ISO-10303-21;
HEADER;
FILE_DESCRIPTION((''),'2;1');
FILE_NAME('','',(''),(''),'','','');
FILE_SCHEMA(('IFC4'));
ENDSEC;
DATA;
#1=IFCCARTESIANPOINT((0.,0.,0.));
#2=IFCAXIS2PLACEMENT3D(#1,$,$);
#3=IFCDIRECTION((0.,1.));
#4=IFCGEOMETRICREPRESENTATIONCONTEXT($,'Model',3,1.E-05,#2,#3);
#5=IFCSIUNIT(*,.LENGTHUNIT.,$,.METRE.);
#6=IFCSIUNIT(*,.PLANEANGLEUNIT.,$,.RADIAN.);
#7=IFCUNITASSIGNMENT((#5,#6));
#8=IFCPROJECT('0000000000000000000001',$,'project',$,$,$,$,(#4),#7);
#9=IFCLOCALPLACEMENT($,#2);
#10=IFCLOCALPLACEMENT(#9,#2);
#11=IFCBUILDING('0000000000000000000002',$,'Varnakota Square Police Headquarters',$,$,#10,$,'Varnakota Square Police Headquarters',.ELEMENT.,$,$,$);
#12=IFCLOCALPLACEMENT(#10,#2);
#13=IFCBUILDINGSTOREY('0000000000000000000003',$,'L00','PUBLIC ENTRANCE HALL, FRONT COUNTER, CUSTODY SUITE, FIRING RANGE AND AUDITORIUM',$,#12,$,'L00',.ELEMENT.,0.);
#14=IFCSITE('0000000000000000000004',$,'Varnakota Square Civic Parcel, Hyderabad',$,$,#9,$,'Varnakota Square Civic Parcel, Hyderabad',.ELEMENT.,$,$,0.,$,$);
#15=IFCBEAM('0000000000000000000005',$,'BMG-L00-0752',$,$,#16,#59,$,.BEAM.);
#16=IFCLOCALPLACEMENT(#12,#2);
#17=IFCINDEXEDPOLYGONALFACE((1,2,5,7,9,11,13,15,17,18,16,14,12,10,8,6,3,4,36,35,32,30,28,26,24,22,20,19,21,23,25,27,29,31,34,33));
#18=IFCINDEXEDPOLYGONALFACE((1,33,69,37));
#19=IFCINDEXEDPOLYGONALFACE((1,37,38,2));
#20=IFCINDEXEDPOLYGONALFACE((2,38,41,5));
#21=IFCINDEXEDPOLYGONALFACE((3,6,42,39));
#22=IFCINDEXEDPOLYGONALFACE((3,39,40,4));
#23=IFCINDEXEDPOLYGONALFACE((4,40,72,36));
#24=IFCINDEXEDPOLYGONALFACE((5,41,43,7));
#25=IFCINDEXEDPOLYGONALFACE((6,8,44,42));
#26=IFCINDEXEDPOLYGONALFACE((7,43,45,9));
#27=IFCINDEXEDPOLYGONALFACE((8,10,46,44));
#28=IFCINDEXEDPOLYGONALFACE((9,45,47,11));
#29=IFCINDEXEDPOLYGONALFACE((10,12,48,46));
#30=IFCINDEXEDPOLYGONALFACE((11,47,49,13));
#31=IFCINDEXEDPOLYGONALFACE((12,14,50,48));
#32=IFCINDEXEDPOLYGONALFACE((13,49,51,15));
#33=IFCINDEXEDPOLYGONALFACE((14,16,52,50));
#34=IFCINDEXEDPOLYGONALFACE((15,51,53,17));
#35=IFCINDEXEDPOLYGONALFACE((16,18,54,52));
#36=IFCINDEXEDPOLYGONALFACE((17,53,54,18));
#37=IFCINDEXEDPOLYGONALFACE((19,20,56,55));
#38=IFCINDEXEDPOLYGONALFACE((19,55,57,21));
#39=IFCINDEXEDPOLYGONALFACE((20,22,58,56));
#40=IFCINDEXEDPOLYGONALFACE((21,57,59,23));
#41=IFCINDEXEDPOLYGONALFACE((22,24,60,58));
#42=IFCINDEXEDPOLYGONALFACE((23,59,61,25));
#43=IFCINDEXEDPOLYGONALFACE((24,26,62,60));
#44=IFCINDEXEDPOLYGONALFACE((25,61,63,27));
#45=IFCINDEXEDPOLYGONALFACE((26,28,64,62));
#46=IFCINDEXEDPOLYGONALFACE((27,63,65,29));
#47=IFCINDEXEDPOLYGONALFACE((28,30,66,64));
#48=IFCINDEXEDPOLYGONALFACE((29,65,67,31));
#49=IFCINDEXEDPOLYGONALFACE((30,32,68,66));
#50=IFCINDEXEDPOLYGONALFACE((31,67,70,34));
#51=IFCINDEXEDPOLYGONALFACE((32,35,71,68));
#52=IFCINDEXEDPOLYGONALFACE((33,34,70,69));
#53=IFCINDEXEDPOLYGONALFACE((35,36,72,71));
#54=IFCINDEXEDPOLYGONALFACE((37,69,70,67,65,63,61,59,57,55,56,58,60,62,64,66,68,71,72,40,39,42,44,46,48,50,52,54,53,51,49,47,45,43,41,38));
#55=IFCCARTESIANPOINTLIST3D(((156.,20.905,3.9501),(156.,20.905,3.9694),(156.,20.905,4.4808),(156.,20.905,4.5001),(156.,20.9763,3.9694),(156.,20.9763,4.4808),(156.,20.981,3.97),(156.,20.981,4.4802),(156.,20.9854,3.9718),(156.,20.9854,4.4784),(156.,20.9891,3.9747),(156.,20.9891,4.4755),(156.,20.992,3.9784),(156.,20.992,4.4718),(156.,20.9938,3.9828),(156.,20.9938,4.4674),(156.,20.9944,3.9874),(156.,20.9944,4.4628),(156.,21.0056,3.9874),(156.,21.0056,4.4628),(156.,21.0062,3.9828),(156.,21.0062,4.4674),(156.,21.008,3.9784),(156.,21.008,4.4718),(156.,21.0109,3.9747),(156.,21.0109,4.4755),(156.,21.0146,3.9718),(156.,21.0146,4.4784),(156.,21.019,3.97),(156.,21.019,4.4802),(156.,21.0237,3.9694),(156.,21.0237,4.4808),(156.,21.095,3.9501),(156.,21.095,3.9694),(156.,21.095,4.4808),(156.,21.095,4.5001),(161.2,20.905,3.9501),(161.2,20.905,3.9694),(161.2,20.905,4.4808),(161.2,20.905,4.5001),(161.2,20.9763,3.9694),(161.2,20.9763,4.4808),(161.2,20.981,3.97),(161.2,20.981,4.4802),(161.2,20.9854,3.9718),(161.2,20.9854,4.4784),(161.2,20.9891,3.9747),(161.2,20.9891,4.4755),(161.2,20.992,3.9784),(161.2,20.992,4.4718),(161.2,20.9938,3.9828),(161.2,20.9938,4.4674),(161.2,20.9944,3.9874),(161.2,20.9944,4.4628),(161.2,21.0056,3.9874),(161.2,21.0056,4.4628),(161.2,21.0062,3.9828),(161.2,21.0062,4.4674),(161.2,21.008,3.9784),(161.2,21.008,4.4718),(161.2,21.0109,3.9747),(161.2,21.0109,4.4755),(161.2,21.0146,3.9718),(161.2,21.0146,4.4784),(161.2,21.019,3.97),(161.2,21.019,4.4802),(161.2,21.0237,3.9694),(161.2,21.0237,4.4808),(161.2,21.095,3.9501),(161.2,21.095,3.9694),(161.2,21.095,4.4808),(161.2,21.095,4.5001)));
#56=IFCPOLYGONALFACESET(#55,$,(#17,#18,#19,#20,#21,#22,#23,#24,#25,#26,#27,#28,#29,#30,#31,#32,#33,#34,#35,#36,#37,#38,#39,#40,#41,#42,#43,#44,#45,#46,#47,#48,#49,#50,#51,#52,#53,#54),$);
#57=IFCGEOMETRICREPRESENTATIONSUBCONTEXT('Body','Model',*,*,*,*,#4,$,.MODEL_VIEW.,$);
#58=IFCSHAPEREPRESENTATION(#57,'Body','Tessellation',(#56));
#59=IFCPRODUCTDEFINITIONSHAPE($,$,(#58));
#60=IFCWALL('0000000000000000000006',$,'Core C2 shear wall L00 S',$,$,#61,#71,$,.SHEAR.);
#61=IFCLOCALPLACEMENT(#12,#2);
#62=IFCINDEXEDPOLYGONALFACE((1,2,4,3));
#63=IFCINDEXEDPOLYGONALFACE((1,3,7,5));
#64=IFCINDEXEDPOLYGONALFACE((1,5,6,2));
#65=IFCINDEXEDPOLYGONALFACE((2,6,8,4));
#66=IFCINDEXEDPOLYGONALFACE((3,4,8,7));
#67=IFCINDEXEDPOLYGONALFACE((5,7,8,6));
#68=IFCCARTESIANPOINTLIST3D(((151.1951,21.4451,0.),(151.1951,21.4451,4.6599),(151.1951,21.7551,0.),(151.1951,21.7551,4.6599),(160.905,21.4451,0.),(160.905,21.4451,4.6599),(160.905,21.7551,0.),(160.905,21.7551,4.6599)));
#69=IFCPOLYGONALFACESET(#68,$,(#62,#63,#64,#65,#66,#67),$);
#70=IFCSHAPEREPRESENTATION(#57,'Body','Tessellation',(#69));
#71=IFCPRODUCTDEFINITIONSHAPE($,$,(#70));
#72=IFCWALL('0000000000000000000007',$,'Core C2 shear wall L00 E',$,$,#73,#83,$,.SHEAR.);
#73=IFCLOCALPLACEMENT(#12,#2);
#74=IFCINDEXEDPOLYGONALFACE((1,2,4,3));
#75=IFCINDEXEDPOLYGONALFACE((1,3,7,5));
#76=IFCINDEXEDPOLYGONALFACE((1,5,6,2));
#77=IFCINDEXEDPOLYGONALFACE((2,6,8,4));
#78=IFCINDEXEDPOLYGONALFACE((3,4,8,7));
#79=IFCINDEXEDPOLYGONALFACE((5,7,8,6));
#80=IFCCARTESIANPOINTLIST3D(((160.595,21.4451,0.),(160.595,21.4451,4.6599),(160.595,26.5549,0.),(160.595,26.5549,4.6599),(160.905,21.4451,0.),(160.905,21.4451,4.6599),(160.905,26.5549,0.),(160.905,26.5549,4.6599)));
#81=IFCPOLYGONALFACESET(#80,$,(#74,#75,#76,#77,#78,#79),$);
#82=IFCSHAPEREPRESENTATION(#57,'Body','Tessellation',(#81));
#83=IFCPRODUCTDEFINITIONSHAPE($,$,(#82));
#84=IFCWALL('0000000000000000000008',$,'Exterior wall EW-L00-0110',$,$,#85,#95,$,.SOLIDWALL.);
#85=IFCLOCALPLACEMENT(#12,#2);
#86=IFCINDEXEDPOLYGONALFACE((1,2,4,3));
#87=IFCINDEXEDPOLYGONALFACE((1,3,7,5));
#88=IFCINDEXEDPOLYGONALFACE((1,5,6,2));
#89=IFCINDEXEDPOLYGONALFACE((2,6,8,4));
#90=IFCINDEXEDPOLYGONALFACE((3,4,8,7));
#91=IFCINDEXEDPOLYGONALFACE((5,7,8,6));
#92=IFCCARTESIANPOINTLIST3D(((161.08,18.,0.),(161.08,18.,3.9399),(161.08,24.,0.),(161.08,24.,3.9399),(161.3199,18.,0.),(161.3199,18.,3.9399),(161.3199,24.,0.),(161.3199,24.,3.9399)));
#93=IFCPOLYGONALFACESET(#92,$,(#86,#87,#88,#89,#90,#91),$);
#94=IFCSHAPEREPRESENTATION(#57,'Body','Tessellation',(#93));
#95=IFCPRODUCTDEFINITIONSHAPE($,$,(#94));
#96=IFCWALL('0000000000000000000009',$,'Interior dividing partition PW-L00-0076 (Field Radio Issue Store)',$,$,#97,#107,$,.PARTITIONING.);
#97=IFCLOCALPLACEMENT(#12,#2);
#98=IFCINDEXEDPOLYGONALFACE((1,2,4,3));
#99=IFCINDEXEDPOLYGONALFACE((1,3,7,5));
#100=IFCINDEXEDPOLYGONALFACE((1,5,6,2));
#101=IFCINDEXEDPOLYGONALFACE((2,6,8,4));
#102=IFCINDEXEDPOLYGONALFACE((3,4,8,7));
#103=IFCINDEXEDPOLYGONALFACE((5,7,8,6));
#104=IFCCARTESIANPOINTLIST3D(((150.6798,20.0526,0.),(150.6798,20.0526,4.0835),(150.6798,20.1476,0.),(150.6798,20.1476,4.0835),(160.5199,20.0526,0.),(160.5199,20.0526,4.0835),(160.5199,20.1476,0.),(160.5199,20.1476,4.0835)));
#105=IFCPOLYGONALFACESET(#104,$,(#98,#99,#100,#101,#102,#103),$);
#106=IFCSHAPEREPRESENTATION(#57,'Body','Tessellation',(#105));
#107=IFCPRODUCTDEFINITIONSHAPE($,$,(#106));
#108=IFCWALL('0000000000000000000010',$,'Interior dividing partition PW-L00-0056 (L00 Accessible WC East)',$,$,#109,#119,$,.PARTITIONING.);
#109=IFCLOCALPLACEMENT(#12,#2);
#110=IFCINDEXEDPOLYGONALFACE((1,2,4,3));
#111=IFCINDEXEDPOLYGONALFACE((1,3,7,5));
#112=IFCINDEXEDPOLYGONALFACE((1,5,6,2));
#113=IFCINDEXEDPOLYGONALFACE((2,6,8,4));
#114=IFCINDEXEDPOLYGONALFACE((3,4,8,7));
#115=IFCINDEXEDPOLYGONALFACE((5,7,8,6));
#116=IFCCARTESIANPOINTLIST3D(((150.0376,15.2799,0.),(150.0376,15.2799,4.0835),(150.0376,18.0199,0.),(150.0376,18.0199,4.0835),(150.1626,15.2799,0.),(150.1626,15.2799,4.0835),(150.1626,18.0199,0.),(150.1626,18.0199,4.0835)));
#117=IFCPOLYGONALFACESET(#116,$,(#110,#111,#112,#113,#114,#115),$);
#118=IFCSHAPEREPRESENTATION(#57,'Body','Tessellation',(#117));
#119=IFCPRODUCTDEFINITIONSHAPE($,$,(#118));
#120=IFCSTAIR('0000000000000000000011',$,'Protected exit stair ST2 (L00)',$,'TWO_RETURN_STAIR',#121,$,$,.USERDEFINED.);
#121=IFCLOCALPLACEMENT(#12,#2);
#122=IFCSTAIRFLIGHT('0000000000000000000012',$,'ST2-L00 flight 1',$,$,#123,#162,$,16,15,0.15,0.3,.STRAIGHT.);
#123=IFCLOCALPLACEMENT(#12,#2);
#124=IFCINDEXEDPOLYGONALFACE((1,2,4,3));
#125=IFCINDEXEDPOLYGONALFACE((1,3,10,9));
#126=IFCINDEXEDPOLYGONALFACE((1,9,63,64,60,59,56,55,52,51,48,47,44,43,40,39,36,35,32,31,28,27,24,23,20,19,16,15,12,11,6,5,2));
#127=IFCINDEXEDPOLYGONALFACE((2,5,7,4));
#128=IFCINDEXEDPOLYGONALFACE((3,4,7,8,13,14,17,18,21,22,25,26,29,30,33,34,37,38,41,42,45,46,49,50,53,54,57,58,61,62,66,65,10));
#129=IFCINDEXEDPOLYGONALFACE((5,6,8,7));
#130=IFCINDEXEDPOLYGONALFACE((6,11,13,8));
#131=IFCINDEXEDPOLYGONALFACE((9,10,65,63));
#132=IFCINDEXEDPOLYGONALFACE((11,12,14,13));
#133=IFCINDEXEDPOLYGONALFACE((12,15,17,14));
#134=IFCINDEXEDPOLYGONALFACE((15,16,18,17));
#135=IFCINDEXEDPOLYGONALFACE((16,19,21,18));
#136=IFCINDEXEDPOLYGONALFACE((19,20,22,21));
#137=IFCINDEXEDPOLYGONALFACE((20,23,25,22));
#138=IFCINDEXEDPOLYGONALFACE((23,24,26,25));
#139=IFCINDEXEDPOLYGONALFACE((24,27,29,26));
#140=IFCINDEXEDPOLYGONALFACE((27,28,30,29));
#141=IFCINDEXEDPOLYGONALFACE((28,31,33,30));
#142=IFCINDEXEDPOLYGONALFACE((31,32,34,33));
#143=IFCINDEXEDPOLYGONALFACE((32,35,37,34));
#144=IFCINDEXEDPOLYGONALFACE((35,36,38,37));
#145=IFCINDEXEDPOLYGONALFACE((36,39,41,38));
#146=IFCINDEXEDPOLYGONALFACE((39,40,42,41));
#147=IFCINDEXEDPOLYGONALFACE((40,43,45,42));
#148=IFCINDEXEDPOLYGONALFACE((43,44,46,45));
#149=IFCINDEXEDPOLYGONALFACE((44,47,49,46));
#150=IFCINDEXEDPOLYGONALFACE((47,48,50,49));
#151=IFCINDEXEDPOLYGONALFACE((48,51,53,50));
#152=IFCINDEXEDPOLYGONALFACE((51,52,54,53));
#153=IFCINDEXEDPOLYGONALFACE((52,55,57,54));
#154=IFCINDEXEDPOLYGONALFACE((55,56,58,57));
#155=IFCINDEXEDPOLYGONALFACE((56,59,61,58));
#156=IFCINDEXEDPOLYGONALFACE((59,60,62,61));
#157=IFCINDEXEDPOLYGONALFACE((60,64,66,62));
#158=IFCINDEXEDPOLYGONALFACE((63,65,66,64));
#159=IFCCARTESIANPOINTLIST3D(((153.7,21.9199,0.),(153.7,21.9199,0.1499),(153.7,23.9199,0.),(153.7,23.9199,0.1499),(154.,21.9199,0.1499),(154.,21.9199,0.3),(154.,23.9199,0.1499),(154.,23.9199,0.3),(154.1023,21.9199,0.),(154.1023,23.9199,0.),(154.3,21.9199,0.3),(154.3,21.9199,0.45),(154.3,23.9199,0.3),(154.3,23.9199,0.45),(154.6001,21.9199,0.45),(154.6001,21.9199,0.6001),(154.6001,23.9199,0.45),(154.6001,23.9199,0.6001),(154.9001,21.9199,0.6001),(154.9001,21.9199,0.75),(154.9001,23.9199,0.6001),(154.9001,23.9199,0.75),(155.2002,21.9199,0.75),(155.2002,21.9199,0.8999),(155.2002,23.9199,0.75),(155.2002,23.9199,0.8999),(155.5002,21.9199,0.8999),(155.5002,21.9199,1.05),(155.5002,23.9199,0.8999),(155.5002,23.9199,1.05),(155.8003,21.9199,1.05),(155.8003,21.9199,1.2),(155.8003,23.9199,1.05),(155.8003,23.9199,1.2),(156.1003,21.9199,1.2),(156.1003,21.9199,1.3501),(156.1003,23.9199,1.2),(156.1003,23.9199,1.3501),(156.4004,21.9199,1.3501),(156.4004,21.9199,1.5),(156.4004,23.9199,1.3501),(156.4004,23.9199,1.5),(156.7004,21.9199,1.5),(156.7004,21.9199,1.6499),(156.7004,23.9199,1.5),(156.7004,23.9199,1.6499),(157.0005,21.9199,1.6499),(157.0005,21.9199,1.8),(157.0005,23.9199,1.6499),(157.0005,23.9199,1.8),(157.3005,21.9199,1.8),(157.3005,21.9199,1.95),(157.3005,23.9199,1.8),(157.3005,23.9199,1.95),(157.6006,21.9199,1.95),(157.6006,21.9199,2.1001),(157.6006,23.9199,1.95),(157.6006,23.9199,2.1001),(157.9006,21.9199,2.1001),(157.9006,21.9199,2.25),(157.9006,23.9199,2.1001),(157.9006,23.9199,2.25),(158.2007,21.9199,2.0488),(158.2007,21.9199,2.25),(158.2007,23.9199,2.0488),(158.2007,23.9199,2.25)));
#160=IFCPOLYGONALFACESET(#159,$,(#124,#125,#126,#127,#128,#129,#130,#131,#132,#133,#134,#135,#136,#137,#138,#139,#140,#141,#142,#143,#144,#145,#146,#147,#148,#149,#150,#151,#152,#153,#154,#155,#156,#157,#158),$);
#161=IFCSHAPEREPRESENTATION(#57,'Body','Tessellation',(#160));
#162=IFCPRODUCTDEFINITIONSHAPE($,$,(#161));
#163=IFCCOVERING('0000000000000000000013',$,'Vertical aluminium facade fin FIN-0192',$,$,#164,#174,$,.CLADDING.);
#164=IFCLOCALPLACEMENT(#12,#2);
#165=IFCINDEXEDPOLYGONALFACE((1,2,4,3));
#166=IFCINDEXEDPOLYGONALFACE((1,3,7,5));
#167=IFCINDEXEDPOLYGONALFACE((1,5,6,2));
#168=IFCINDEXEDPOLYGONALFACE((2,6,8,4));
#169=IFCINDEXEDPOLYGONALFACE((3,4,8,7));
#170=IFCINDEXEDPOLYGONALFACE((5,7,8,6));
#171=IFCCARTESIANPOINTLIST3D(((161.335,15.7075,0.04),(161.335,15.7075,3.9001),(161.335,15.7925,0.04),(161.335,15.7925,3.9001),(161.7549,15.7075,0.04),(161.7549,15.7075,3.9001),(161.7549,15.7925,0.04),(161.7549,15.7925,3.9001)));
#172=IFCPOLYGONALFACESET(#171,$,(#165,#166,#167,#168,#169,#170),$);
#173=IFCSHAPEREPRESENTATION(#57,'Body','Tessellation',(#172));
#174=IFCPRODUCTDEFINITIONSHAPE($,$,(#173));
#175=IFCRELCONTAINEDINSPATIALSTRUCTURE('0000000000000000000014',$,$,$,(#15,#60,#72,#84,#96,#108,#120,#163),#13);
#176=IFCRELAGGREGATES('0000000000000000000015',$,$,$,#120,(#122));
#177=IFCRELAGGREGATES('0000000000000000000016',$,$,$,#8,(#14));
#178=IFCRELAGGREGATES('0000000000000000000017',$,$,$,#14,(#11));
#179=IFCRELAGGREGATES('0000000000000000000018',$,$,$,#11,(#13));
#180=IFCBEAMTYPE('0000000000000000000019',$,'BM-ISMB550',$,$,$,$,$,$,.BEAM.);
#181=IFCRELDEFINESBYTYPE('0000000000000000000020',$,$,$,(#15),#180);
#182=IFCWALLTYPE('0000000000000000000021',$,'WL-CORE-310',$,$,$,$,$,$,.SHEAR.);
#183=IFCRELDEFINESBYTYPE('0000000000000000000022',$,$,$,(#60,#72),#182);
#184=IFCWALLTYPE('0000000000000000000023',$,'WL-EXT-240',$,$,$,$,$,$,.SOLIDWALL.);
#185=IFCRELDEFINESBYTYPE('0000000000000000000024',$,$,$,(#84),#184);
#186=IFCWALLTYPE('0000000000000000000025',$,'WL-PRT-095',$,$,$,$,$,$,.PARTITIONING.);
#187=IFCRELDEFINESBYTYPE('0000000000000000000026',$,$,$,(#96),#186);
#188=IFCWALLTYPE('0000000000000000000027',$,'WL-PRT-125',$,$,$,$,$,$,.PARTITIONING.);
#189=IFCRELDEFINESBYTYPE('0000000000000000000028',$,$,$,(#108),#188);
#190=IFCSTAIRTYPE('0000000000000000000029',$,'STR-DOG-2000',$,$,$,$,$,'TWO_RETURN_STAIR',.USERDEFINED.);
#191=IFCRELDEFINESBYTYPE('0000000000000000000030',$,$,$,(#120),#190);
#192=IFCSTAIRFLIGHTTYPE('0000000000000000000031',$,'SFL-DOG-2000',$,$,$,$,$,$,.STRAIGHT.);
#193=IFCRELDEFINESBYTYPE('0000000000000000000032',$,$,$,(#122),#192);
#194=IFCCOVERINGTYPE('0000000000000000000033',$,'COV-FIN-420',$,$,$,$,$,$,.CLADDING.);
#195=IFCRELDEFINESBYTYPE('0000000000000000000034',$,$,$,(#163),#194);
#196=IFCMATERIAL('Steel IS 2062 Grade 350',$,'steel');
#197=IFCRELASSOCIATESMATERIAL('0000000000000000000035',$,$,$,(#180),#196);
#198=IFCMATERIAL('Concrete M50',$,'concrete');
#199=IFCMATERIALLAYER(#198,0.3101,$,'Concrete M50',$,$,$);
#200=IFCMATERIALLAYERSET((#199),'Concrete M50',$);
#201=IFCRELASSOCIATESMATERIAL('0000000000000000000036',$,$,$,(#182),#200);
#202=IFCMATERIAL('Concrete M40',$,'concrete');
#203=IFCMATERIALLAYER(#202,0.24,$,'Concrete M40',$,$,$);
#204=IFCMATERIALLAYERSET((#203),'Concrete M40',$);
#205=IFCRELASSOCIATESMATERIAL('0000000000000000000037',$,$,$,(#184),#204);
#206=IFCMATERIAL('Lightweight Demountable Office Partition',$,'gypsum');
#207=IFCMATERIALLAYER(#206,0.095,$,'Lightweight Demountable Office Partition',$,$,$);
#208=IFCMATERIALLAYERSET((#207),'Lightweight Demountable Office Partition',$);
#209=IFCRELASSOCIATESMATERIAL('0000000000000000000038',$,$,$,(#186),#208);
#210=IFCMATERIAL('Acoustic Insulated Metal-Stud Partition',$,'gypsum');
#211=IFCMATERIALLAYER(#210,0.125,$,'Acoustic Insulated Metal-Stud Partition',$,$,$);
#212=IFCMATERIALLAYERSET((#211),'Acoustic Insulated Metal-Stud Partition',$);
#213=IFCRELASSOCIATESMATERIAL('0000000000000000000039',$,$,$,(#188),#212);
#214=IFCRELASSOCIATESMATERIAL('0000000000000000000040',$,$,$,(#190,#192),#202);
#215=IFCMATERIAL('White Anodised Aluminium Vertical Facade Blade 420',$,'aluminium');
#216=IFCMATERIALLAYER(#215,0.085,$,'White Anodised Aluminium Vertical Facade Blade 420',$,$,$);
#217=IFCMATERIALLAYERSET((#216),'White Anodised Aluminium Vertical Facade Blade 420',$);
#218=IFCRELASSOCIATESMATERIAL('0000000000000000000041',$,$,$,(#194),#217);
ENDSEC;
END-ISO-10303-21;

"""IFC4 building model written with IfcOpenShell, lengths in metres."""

from ifc_helpers import new_model, si_unit, direction, frame, frame_2d, origin, origin_2d, place, context, subcontext, project, spatial, polyline, rectangle, i_section, outline, extrude, material, layer, layer_set, material_profile, profile_set, type_object, element, aggregate, save


model = new_model("IFC4")

# Units and contexts
model_context = context("Model", 3, precision=1e-05, world=origin(), true_north=direction((0.0, 1.0)))
body_context = subcontext(model_context, "Body", "Model", "MODEL_VIEW")
ifc_project = project(units=[si_unit("LENGTHUNIT", "METRE"), si_unit("PLANEANGLEUNIT", "RADIAN")], contexts=[model_context])

# Site, building, storey
site_placement = place(None, origin())
site = spatial("IfcSite", under=ifc_project, at=site_placement, Name="Varnakota Square Civic Parcel, Hyderabad", LongName="Varnakota Square Civic Parcel, Hyderabad", CompositionType="ELEMENT", RefElevation=0.0)
building_placement = place(site_placement, origin())
building = spatial("IfcBuilding", under=site, at=building_placement, Name="Varnakota Square Police Headquarters", LongName="Varnakota Square Police Headquarters", CompositionType="ELEMENT")
storey_placement = place(building_placement, origin())
storey = spatial("IfcBuildingStorey", under=building, at=storey_placement, Name="L00", Description="PUBLIC ENTRANCE HALL, FRONT COUNTER, CUSTODY SUITE, FIRING RANGE AND AUDITORIUM", LongName="L00", CompositionType="ELEMENT", Elevation=0.0)

# Shared definitions
ifc_material_1 = material(Name="Concrete M50", Category="concrete")

# Beam
ifc_material_2 = material(Name="Steel IS 2062 Grade 350", Category="steel")
ifc_material_profile_1 = material_profile(ifc_material_2, i_section(OverallWidth=0.1899, OverallDepth=0.55, WebThickness=0.0112, FlangeThickness=0.0193, FilletRadius=0.0181, at=origin_2d()), Name="ISMB 550")
ifc_profile_set_1 = profile_set([ifc_material_profile_1], Name="Steel IS 2062 Grade 350")
beam_type_1 = type_object("IfcBeamType", Name="BM-ISMB550", PredefinedType="BEAM", material=ifc_profile_set_1)
beam_1_placement = place(storey_placement, frame((156.0, 21.0, 4.2251), z_axis=(1.0, 0.0, 0.0), x_axis=(0.0, 1.0, 0.0)))
element("IfcBeam", 1, at=beam_1_placement, inside=storey, type_object=beam_type_1, Name="BMG-L00-0752", PredefinedType="BEAM", context=body_context, shape_type="SweptSolid", body=[
    extrude(i_section(OverallWidth=0.1899, OverallDepth=0.55, WebThickness=0.0112, FlangeThickness=0.0193, FilletRadius=0.0181, at=origin_2d()), origin(), (0.0, 0.0, 1.0), 5.2),
])

# Walls
ifc_layer_1 = layer(ifc_material_1, 0.3101, Name="Concrete M50")
ifc_layer_set_1 = layer_set([ifc_layer_1], Name="Concrete M50")
wall_type_1 = type_object("IfcWallType", Name="WL-CORE-310", PredefinedType="SHEAR", material=ifc_layer_set_1)
wall_1_placement = place(storey_placement, frame((151.1951, 21.6001, 0.0), z_axis=(0.0, 0.0, 1.0), x_axis=(1.0, 0.0, 0.0)))
element("IfcWall", 2, at=wall_1_placement, inside=storey, type_object=wall_type_1, Name="Core C2 shear wall L00 S", PredefinedType="SHEAR", context=body_context, shape_type="SweptSolid", body=[
    extrude(rectangle(XDim=9.71, YDim=0.3101, at=frame_2d((4.855, 0.0))), origin(), (0.0, 0.0, 1.0), 4.6599),
])
wall_2_placement = place(storey_placement, frame((160.75, 21.4451, 0.0), z_axis=(0.0, 0.0, 1.0), x_axis=(0.0, 1.0, 0.0)))
element("IfcWall", 3, at=wall_2_placement, inside=storey, type_object=wall_type_1, Name="Core C2 shear wall L00 E", PredefinedType="SHEAR", context=body_context, shape_type="SweptSolid", body=[
    extrude(rectangle(XDim=5.1099, YDim=0.3101, at=frame_2d((2.5549, 0.0))), origin(), (0.0, 0.0, 1.0), 4.6599),
])
ifc_material_3 = material(Name="Concrete M40", Category="concrete")
ifc_layer_2 = layer(ifc_material_3, 0.24, Name="Concrete M40")
ifc_layer_set_2 = layer_set([ifc_layer_2], Name="Concrete M40")
wall_type_2 = type_object("IfcWallType", Name="WL-EXT-240", PredefinedType="SOLIDWALL", material=ifc_layer_set_2)
wall_3_placement = place(storey_placement, frame((161.2, 18.0, 0.0), z_axis=(0.0, 0.0, 1.0), x_axis=(0.0, 1.0, 0.0)))
element("IfcWall", 4, at=wall_3_placement, inside=storey, type_object=wall_type_2, Name="Exterior wall EW-L00-0110", PredefinedType="SOLIDWALL", context=body_context, shape_type="SweptSolid", body=[
    extrude(rectangle(XDim=6.0, YDim=0.24, at=frame_2d((3.0, 0.0))), origin(), (0.0, 0.0, 1.0), 3.9399),
])
ifc_material_4 = material(Name="Lightweight Demountable Office Partition", Category="gypsum")
ifc_layer_3 = layer(ifc_material_4, 0.095, Name="Lightweight Demountable Office Partition")
ifc_layer_set_3 = layer_set([ifc_layer_3], Name="Lightweight Demountable Office Partition")
wall_type_3 = type_object("IfcWallType", Name="WL-PRT-095", PredefinedType="PARTITIONING", material=ifc_layer_set_3)
wall_4_placement = place(storey_placement, frame((150.6799, 20.1001, 0.0), z_axis=(0.0, 0.0, 1.0), x_axis=(1.0, 0.0, 0.0)))
element("IfcWall", 5, at=wall_4_placement, inside=storey, type_object=wall_type_3, Name="Interior dividing partition PW-L00-0076 (Field Radio Issue Store)", PredefinedType="PARTITIONING", context=body_context, shape_type="SweptSolid", body=[
    extrude(rectangle(XDim=9.8401, YDim=0.095, at=frame_2d((4.9199, 0.0))), origin(), (0.0, 0.0, 1.0), 4.0835),
])
ifc_material_5 = material(Name="Acoustic Insulated Metal-Stud Partition", Category="gypsum")
ifc_layer_4 = layer(ifc_material_5, 0.125, Name="Acoustic Insulated Metal-Stud Partition")
ifc_layer_set_4 = layer_set([ifc_layer_4], Name="Acoustic Insulated Metal-Stud Partition")
wall_type_4 = type_object("IfcWallType", Name="WL-PRT-125", PredefinedType="PARTITIONING", material=ifc_layer_set_4)
wall_5_placement = place(storey_placement, frame((150.1001, 18.02, 0.0), z_axis=(0.0, 0.0, 1.0), x_axis=(0.0, -1.0, 0.0)))
element("IfcWall", 6, at=wall_5_placement, inside=storey, type_object=wall_type_4, Name="Interior dividing partition PW-L00-0056 (L00 Accessible WC East)", PredefinedType="PARTITIONING", context=body_context, shape_type="SweptSolid", body=[
    extrude(rectangle(XDim=2.74, YDim=0.125, at=frame_2d((1.3701, 0.0))), origin(), (0.0, 0.0, 1.0), 4.0835),
])

# Stair, stair flight
stair_type = type_object("IfcStairType", Name="STR-DOG-2000", ElementType="TWO_RETURN_STAIR", PredefinedType="USERDEFINED", material=ifc_material_3)
stair_placement = place(storey_placement, origin())
stair = element("IfcStair", 7, at=stair_placement, inside=storey, type_object=stair_type, Name="Protected exit stair ST2 (L00)", ObjectType="TWO_RETURN_STAIR", PredefinedType="USERDEFINED")
stair_flight_type = type_object("IfcStairFlightType", Name="SFL-DOG-2000", PredefinedType="STRAIGHT", material=ifc_material_3)
stair_flight_placement = place(storey_placement, frame((153.7, 22.9199, 0.0), z_axis=(0.0, 0.0, 1.0), x_axis=(1.0, 0.0, 0.0)))
stair_flight = element("IfcStairFlight", 8, at=stair_flight_placement, type_object=stair_flight_type, Name="ST2-L00 flight 1", NumberOfRisers=16, NumberOfTreads=15, PredefinedType="STRAIGHT", RiserHeight=0.15, TreadLength=0.3, context=body_context, shape_type="SweptSolid", body=[
    extrude(outline(polyline([(0.0, 0.0), (0.0, 0.1499), (0.3, 0.1499), (0.3, 0.3), (0.6001, 0.3), (0.6001, 0.45), (0.9001, 0.45), (0.9001, 0.6001), (1.2002, 0.6001), (1.2002, 0.75), (1.5002, 0.75), (1.5002, 0.8999), (1.8003, 0.8999), (1.8003, 1.05), (2.1003, 1.05), (2.1003, 1.2), (2.4004, 1.2), (2.4004, 1.3501), (2.7004, 1.3501), (2.7004, 1.5), (3.0005, 1.5), (3.0005, 1.6499), (3.3005, 1.6499), (3.3005, 1.8), (3.6006, 1.8), (3.6006, 1.95), (3.9006, 1.95), (3.9006, 2.1001), (4.2007, 2.1001), (4.2007, 2.25), (4.5007, 2.25), (4.5007, 2.3999), (4.5007, 2.0488), (0.4023, 0.0), (0.0, 0.0)])), frame((0.0, 1.0, 0.0), z_axis=(0.0, -1.0, 0.0), x_axis=(1.0, 0.0, 0.0)), (0.0, 0.0, 1.0), 2.0),
])
aggregate(stair, [stair_flight])

# Covering
ifc_material_6 = material(Name="White Anodised Aluminium Vertical Facade Blade 420", Category="aluminium")
ifc_layer_5 = layer(ifc_material_6, 0.085, Name="White Anodised Aluminium Vertical Facade Blade 420")
ifc_layer_set_5 = layer_set([ifc_layer_5], Name="White Anodised Aluminium Vertical Facade Blade 420")
covering_type_1 = type_object("IfcCoveringType", Name="COV-FIN-420", PredefinedType="CLADDING", material=ifc_layer_set_5)
for number, where, z_axis, x_axis, name in (
    (9, (161.5449, 15.75, 0.04), (0.0, 0.0, 1.0), (0.0, 1.0, 0.0), "Vertical aluminium facade fin FIN-0192"),
):
    element("IfcCovering", number, at=place(storey_placement, frame(where, z_axis=z_axis, x_axis=x_axis)), inside=storey, type_object=covering_type_1, Name=name, PredefinedType="CLADDING", context=body_context, shape_type="SweptSolid", body=[
        extrude(rectangle(XDim=0.085, YDim=0.4199, at=origin_2d()), origin(), (0.0, 0.0, 1.0), 3.8601),
    ])

save(model, "model.ifc")
